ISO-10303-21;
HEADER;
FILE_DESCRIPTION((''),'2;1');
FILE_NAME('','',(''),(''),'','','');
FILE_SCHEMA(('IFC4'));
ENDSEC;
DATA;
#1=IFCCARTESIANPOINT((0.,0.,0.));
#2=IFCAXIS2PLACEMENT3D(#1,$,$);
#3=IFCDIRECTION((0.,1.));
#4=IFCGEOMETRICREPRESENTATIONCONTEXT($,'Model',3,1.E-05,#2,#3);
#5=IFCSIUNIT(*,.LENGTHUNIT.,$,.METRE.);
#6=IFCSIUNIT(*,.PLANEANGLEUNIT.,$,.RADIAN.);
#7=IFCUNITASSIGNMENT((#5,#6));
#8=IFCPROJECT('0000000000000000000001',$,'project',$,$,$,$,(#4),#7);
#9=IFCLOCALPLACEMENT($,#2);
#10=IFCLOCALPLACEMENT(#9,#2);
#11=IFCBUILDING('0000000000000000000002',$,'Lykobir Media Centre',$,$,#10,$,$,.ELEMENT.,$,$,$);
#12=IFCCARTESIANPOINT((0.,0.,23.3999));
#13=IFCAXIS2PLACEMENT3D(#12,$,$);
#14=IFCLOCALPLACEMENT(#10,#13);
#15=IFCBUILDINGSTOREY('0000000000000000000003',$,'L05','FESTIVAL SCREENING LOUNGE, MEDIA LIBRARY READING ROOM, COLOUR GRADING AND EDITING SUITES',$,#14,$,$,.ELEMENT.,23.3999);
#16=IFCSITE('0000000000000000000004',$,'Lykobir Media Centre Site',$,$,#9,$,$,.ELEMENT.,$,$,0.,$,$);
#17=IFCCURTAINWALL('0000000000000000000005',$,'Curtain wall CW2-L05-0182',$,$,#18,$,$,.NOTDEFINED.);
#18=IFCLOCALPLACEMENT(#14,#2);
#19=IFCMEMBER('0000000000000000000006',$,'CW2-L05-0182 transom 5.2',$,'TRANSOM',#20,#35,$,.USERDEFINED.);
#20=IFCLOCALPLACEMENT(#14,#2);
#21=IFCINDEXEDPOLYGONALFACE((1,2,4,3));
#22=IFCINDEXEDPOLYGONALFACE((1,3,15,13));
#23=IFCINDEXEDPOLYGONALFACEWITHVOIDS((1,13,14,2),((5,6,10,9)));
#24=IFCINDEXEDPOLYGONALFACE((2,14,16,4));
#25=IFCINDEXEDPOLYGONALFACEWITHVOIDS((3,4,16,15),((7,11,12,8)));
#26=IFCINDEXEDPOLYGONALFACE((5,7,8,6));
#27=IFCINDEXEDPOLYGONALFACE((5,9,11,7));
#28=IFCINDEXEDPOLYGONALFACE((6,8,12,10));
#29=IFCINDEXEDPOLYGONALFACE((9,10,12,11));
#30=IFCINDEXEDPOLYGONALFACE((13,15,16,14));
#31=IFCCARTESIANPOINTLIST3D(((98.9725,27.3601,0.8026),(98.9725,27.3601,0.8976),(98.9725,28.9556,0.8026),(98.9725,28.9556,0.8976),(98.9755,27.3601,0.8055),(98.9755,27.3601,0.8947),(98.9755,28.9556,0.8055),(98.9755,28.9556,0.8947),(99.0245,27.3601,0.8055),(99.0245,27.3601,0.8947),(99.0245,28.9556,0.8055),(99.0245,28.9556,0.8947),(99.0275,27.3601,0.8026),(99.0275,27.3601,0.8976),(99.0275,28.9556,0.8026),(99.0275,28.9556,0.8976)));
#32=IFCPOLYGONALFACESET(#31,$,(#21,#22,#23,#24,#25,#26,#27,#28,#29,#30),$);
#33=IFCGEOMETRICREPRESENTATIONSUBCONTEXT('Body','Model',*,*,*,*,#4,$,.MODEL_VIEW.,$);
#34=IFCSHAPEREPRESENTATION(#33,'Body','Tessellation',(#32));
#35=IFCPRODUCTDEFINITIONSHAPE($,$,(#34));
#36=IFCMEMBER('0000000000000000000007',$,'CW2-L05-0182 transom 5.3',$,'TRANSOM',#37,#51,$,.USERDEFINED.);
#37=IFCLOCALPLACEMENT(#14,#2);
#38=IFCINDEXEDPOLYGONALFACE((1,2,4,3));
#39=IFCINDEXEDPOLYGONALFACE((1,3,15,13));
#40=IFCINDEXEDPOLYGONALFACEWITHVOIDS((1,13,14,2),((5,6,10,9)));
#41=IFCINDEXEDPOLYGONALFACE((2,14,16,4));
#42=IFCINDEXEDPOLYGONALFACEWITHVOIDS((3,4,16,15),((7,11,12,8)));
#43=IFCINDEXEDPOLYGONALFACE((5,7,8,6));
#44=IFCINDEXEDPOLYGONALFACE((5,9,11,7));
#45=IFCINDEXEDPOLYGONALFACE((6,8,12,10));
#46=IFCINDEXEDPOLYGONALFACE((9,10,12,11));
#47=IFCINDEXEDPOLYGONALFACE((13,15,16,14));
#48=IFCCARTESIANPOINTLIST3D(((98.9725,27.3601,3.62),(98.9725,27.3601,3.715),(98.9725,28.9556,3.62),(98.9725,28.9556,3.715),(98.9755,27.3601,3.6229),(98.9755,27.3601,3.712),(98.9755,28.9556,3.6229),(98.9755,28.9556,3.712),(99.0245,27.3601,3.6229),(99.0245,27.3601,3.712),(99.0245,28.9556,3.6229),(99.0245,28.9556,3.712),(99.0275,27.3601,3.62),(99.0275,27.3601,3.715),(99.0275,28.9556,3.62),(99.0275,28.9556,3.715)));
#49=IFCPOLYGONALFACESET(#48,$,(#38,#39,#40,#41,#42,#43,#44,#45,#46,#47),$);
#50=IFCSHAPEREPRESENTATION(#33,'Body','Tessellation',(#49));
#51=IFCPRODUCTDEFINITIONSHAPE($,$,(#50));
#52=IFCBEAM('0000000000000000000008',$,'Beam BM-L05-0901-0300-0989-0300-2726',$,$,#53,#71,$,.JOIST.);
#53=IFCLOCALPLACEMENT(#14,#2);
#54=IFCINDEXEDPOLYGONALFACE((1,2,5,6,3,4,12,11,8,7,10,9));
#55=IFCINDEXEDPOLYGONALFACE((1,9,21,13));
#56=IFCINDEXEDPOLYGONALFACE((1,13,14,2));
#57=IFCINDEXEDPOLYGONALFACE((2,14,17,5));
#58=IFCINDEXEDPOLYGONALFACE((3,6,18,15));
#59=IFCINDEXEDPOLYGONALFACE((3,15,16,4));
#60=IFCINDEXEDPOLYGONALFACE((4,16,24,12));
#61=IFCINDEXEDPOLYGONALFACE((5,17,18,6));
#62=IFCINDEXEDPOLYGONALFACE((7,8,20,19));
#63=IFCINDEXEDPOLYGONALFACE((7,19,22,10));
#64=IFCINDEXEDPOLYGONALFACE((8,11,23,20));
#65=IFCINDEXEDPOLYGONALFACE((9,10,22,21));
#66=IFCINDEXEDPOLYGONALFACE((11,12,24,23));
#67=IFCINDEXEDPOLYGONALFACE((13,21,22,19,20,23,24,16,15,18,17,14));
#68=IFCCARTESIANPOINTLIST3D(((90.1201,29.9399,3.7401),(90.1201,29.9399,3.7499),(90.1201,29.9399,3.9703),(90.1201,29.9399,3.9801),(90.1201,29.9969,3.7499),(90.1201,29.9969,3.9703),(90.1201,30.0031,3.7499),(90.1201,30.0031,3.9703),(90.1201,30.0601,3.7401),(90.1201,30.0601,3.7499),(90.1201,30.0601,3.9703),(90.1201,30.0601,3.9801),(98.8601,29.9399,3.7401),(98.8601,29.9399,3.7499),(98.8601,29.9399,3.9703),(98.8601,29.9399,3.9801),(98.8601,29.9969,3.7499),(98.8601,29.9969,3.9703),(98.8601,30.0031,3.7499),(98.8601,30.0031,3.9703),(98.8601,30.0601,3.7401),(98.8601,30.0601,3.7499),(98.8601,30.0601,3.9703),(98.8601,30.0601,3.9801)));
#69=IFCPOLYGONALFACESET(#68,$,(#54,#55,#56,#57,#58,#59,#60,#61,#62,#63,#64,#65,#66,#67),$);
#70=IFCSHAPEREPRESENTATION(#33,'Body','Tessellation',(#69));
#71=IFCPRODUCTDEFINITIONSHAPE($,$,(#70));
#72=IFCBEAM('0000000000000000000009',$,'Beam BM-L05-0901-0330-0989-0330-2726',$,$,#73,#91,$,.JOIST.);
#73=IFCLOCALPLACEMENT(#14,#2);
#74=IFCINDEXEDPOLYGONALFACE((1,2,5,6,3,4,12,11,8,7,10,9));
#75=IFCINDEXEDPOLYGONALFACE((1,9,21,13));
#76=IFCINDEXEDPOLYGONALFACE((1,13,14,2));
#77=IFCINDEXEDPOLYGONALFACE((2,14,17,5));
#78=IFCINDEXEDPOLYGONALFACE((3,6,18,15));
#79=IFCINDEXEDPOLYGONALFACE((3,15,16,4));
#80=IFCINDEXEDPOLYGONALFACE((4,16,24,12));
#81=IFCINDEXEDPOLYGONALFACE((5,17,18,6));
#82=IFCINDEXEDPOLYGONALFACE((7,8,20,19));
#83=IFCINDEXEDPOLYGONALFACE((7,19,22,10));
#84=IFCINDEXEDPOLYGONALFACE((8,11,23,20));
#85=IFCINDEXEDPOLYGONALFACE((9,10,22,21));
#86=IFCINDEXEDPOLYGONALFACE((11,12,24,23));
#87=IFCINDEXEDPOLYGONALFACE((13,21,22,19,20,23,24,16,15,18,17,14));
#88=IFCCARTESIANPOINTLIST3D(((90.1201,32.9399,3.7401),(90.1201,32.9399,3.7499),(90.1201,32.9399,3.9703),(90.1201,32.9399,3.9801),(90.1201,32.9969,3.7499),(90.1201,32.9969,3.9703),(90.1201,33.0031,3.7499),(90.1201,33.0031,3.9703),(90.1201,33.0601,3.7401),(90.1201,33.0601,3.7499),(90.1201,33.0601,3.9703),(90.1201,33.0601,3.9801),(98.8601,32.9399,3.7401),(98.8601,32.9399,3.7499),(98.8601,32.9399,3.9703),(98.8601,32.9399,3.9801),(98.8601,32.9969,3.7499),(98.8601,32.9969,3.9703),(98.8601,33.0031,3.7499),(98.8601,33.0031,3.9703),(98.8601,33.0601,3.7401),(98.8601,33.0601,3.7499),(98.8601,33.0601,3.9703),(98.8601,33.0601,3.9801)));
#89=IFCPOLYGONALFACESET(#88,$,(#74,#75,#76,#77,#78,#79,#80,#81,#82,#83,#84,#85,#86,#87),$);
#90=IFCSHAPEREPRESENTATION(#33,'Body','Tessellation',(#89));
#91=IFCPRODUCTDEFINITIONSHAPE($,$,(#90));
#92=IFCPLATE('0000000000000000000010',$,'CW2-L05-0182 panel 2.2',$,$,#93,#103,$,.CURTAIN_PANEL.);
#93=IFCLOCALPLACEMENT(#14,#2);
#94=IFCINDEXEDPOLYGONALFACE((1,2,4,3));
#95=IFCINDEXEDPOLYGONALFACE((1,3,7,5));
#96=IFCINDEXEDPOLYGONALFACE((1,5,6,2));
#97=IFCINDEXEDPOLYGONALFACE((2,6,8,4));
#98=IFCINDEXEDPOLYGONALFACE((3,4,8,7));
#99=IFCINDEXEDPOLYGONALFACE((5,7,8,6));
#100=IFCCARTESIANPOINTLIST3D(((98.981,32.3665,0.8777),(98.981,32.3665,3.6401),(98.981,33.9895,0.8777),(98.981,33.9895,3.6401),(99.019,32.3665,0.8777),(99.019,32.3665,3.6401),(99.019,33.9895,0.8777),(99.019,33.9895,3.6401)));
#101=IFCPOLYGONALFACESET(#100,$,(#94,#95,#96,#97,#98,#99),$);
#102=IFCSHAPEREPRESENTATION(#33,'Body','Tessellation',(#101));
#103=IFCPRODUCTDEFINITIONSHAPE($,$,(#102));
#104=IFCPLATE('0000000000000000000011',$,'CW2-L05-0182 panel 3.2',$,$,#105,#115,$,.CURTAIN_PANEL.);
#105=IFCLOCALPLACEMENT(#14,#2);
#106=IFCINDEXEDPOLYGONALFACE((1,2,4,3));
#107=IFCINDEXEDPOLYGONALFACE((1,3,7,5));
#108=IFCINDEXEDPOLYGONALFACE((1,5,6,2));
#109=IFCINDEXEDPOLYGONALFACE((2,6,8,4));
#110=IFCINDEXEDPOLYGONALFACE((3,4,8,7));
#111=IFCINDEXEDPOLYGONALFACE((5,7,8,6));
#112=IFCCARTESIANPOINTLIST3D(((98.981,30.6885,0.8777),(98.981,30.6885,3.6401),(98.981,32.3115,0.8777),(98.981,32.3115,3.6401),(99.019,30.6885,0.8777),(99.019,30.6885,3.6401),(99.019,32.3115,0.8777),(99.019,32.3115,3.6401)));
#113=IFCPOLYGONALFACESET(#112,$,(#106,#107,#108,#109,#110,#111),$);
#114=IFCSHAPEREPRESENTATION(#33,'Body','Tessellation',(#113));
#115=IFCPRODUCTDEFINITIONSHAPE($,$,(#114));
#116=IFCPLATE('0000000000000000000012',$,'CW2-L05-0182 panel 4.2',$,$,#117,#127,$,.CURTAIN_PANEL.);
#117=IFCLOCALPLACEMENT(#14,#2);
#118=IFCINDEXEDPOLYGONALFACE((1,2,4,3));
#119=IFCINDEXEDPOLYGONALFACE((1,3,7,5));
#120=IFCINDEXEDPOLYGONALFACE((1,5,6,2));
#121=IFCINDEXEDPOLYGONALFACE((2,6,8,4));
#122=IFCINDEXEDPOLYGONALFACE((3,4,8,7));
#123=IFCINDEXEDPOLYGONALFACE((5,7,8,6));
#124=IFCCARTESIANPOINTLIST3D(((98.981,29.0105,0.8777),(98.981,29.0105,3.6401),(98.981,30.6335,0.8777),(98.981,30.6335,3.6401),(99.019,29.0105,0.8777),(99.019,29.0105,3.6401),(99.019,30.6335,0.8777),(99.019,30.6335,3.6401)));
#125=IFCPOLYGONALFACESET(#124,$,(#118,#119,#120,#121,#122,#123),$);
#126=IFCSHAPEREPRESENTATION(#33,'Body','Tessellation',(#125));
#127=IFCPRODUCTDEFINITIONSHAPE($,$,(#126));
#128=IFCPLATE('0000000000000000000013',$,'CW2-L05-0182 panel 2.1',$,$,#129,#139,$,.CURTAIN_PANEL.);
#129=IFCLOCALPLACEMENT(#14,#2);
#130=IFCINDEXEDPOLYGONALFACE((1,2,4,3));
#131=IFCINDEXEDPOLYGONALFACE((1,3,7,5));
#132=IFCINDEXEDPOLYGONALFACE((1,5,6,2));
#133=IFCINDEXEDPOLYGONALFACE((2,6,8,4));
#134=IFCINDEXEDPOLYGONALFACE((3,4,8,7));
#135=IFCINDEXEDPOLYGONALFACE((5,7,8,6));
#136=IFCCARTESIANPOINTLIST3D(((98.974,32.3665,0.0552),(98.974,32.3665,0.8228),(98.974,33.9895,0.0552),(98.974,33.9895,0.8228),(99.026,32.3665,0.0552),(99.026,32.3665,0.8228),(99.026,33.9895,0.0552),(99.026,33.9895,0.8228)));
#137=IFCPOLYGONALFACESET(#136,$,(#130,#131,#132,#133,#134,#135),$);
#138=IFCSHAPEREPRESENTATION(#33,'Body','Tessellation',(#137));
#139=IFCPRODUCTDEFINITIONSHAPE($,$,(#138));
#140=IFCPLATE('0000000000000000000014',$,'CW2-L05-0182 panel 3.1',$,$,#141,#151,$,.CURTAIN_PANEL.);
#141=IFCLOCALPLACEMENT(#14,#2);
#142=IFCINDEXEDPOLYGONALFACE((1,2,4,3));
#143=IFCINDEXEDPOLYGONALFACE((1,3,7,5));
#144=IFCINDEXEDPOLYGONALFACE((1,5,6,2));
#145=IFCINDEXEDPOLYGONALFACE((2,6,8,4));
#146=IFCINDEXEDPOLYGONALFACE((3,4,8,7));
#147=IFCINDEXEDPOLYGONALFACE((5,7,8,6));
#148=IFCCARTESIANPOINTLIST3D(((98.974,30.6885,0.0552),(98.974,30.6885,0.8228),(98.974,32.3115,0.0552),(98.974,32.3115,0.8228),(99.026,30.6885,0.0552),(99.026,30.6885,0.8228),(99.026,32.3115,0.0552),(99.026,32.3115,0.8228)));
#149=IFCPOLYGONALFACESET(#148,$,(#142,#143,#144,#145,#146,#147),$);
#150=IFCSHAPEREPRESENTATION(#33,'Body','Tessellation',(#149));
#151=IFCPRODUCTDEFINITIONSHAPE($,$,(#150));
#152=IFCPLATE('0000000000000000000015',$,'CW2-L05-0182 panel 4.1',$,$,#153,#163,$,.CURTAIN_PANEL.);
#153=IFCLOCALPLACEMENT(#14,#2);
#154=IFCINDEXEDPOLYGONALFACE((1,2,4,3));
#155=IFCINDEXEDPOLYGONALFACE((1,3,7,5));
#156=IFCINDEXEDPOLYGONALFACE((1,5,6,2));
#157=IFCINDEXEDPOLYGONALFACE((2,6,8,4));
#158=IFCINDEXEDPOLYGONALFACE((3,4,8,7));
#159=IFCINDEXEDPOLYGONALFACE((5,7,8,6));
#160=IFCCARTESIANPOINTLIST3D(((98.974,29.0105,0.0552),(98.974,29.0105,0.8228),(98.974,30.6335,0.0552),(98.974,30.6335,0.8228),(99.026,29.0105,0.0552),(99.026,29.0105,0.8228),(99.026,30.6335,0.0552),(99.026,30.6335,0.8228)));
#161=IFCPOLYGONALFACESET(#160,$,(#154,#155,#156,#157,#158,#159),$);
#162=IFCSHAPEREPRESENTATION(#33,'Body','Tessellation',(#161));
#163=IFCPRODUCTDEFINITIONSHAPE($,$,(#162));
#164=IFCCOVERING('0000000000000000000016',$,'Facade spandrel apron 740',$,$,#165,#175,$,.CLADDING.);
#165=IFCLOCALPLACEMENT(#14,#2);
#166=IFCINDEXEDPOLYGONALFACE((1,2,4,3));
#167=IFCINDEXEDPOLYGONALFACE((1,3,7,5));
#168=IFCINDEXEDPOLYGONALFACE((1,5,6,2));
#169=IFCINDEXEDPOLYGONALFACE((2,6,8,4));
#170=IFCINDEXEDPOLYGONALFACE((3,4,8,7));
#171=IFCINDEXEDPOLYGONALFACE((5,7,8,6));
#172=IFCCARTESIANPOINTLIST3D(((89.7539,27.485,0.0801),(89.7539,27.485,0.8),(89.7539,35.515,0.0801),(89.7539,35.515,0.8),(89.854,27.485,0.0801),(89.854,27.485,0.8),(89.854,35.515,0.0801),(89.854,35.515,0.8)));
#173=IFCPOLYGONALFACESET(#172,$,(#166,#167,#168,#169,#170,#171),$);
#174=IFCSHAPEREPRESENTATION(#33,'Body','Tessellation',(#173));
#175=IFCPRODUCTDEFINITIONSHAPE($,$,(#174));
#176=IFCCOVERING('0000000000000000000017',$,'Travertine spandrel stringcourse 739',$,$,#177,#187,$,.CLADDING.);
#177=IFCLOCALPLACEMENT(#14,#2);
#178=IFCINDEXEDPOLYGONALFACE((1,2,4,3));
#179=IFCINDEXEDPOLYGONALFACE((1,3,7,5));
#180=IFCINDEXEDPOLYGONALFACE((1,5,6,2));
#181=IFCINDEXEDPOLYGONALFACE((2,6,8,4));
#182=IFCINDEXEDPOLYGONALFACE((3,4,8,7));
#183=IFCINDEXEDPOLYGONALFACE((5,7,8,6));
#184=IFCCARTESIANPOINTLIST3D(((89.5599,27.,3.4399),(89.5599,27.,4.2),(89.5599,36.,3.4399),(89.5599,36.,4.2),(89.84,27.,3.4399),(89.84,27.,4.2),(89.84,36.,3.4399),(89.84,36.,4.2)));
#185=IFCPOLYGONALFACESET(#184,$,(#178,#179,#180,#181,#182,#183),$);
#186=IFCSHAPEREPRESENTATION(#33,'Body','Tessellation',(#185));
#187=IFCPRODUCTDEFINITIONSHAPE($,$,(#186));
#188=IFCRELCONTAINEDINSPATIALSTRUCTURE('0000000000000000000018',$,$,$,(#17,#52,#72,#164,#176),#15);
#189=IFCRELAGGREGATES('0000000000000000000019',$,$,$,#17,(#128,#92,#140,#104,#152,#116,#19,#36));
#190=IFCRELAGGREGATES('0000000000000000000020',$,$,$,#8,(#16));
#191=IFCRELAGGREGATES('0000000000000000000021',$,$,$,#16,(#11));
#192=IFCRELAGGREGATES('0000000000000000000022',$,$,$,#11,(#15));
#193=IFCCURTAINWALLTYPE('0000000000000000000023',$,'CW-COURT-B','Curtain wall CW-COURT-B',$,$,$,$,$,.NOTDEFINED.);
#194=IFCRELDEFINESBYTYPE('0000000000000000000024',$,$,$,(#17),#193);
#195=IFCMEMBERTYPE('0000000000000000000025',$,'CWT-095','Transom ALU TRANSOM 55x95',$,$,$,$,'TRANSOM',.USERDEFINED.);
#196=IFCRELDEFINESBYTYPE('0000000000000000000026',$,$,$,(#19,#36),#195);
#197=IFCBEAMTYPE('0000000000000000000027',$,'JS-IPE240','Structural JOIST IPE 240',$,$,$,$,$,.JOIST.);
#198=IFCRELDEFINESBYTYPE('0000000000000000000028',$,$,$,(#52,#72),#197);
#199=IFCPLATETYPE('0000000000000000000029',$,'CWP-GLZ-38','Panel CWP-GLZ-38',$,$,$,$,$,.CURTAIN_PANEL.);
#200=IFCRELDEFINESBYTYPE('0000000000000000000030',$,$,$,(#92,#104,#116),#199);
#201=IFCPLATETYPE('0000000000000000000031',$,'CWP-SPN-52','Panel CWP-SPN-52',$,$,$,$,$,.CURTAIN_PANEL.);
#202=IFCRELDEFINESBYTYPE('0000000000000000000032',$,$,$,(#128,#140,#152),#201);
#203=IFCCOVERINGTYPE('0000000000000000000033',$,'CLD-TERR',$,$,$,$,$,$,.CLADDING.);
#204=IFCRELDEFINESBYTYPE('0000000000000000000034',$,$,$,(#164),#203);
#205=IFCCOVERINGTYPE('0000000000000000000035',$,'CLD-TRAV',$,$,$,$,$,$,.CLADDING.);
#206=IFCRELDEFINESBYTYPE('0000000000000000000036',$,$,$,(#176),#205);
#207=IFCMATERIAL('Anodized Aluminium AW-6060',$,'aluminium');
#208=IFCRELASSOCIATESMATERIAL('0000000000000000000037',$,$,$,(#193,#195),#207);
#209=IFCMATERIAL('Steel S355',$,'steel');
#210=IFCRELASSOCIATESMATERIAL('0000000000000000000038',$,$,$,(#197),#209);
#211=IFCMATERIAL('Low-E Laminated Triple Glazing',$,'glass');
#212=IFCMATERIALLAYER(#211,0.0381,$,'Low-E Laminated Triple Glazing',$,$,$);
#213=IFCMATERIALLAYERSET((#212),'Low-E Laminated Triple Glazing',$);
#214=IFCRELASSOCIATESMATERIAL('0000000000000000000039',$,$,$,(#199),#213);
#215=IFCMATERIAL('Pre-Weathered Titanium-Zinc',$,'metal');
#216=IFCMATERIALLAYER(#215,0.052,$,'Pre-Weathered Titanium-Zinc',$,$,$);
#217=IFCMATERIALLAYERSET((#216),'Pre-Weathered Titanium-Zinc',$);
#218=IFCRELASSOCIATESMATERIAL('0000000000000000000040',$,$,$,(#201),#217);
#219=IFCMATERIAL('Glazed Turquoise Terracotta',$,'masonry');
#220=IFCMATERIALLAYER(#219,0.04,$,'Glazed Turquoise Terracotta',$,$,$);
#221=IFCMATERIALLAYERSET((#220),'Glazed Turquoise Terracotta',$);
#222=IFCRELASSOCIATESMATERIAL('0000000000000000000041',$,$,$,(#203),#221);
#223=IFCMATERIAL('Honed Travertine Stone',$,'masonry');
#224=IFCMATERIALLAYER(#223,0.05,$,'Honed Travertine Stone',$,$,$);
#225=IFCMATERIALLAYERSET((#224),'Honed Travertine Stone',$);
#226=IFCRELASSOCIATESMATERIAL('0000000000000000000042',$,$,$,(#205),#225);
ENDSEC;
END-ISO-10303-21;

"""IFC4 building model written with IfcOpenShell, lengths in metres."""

from ifc_helpers import new_model, si_unit, direction, frame, origin, origin_2d, place, context, subcontext, project, spatial, rectangle, hollow_rectangle, i_section, extrude, material, layer, layer_set, material_profile, profile_set, type_object, element, aggregate, save


model = new_model("IFC4")

# Units and contexts
model_context = context("Model", 3, precision=1e-05, world=origin(), true_north=direction((0.0, 1.0)))
body_context = subcontext(model_context, "Body", "Model", "MODEL_VIEW")
ifc_project = project(units=[si_unit("LENGTHUNIT", "METRE"), si_unit("PLANEANGLEUNIT", "RADIAN")], contexts=[model_context])

# Site, building, storey
site_placement = place(None, origin())
site = spatial("IfcSite", under=ifc_project, at=site_placement, Name="Lykobir Media Centre Site", CompositionType="ELEMENT", RefElevation=0.0)
building_placement = place(site_placement, origin())
building = spatial("IfcBuilding", under=site, at=building_placement, Name="Lykobir Media Centre", CompositionType="ELEMENT")
storey_placement = place(building_placement, frame((0.0, 0.0, 23.3999)))
storey = spatial("IfcBuildingStorey", under=building, at=storey_placement, Name="L05", Description="FESTIVAL SCREENING LOUNGE, MEDIA LIBRARY READING ROOM, COLOUR GRADING AND EDITING SUITES", CompositionType="ELEMENT", Elevation=23.3999)

# Curtain wall, members
ifc_material_1 = material(Name="Anodized Aluminium AW-6060", Category="aluminium")
curtain_wall_type = type_object("IfcCurtainWallType", Name="CW-COURT-B", Description="Curtain wall CW-COURT-B", PredefinedType="NOTDEFINED", material=ifc_material_1)
curtain_wall_placement = place(storey_placement, origin())
curtain_wall = element("IfcCurtainWall", 1, at=curtain_wall_placement, inside=storey, type_object=curtain_wall_type, Name="Curtain wall CW2-L05-0182", PredefinedType="NOTDEFINED")
ifc_material_profile_1 = material_profile(ifc_material_1, hollow_rectangle(XDim=0.0549, YDim=0.095, WallThickness=0.0029, at=origin_2d()), Name="ALU TRANSOM 55x95")
ifc_profile_set_1 = profile_set([ifc_material_profile_1], Name="Anodized Aluminium AW-6060")
member_type_1 = type_object("IfcMemberType", Name="CWT-095", Description="Transom ALU TRANSOM 55x95", ElementType="TRANSOM", PredefinedType="USERDEFINED", material=ifc_profile_set_1)
member_1_placement = place(storey_placement, frame((99.0, 28.9556, 0.8501), z_axis=(0.0, -1.0, 0.0), x_axis=(1.0, 0.0, 0.0)))
member_1 = element("IfcMember", 2, at=member_1_placement, type_object=member_type_1, Name="CW2-L05-0182 transom 5.2", ObjectType="TRANSOM", PredefinedType="USERDEFINED", context=body_context, shape_type="SweptSolid", body=[
    extrude(hollow_rectangle(XDim=0.0549, YDim=0.095, WallThickness=0.0029, at=origin_2d()), origin(), (0.0, 0.0, 1.0), 1.5955),
])
member_2_placement = place(storey_placement, frame((99.0, 28.9556, 3.6675), z_axis=(0.0, -1.0, 0.0), x_axis=(1.0, 0.0, 0.0)))
member_2 = element("IfcMember", 3, at=member_2_placement, type_object=member_type_1, Name="CW2-L05-0182 transom 5.3", ObjectType="TRANSOM", PredefinedType="USERDEFINED", context=body_context, shape_type="SweptSolid", body=[
    extrude(hollow_rectangle(XDim=0.0549, YDim=0.095, WallThickness=0.0029, at=origin_2d()), origin(), (0.0, 0.0, 1.0), 1.5955),
])

# Beams
ifc_material_2 = material(Name="Steel S355", Category="steel")
ifc_material_profile_2 = material_profile(ifc_material_2, i_section(OverallWidth=0.1201, OverallDepth=0.24, WebThickness=0.0061, FlangeThickness=0.0098, at=origin_2d()), Name="IPE 240")
ifc_profile_set_2 = profile_set([ifc_material_profile_2], Name="Steel S355")
beam_type = type_object("IfcBeamType", Name="JS-IPE240", Description="Structural JOIST IPE 240", PredefinedType="JOIST", material=ifc_profile_set_2)
for number, where, z_axis, x_axis, name in (
    (4, (90.1201, 30.0, 3.8601), (1.0, 0.0, 0.0), (0.0, 1.0, 0.0), "Beam BM-L05-0901-0300-0989-0300-2726"),
    (5, (90.1201, 33.0, 3.8601), (1.0, 0.0, 0.0), (0.0, 1.0, 0.0), "Beam BM-L05-0901-0330-0989-0330-2726"),
):
    element("IfcBeam", number, at=place(storey_placement, frame(where, z_axis=z_axis, x_axis=x_axis)), inside=storey, type_object=beam_type, Name=name, PredefinedType="JOIST", context=body_context, shape_type="SweptSolid", body=[
        extrude(i_section(OverallWidth=0.1201, OverallDepth=0.24, WebThickness=0.0061, FlangeThickness=0.0098, at=origin_2d()), origin(), (0.0, 0.0, 1.0), 8.74),
    ])

# Plates
ifc_material_3 = material(Name="Low-E Laminated Triple Glazing", Category="glass")
ifc_layer_1 = layer(ifc_material_3, 0.0381, Name="Low-E Laminated Triple Glazing")
ifc_layer_set_1 = layer_set([ifc_layer_1], Name="Low-E Laminated Triple Glazing")
plate_type_1 = type_object("IfcPlateType", Name="CWP-GLZ-38", Description="Panel CWP-GLZ-38", PredefinedType="CURTAIN_PANEL", material=ifc_layer_set_1)
plate_1_placement = place(storey_placement, frame((99.0, 33.178, 0.8777), z_axis=(0.0, 0.0, 1.0), x_axis=(0.0, -1.0, 0.0)))
plate_1 = element("IfcPlate", 6, at=plate_1_placement, type_object=plate_type_1, Name="CW2-L05-0182 panel 2.2", PredefinedType="CURTAIN_PANEL", context=body_context, shape_type="SweptSolid", body=[
    extrude(rectangle(XDim=1.623, YDim=0.0381, at=origin_2d()), origin(), (0.0, 0.0, 1.0), 2.7625),
])
plate_2_placement = place(storey_placement, frame((99.0, 31.5, 0.8777), z_axis=(0.0, 0.0, 1.0), x_axis=(0.0, -1.0, 0.0)))
plate_2 = element("IfcPlate", 7, at=plate_2_placement, type_object=plate_type_1, Name="CW2-L05-0182 panel 3.2", PredefinedType="CURTAIN_PANEL", context=body_context, shape_type="SweptSolid", body=[
    extrude(rectangle(XDim=1.623, YDim=0.0381, at=origin_2d()), origin(), (0.0, 0.0, 1.0), 2.7625),
])
plate_3_placement = place(storey_placement, frame((99.0, 29.822, 0.8777), z_axis=(0.0, 0.0, 1.0), x_axis=(0.0, -1.0, 0.0)))
plate_3 = element("IfcPlate", 8, at=plate_3_placement, type_object=plate_type_1, Name="CW2-L05-0182 panel 4.2", PredefinedType="CURTAIN_PANEL", context=body_context, shape_type="SweptSolid", body=[
    extrude(rectangle(XDim=1.623, YDim=0.0381, at=origin_2d()), origin(), (0.0, 0.0, 1.0), 2.7625),
])
ifc_material_4 = material(Name="Pre-Weathered Titanium-Zinc", Category="metal")
ifc_layer_2 = layer(ifc_material_4, 0.052, Name="Pre-Weathered Titanium-Zinc")
ifc_layer_set_2 = layer_set([ifc_layer_2], Name="Pre-Weathered Titanium-Zinc")
plate_type_2 = type_object("IfcPlateType", Name="CWP-SPN-52", Description="Panel CWP-SPN-52", PredefinedType="CURTAIN_PANEL", material=ifc_layer_set_2)
plate_4_placement = place(storey_placement, frame((99.0, 33.178, 0.0552), z_axis=(0.0, 0.0, 1.0), x_axis=(0.0, -1.0, 0.0)))
plate_4 = element("IfcPlate", 9, at=plate_4_placement, type_object=plate_type_2, Name="CW2-L05-0182 panel 2.1", PredefinedType="CURTAIN_PANEL", context=body_context, shape_type="SweptSolid", body=[
    extrude(rectangle(XDim=1.623, YDim=0.052, at=origin_2d()), origin(), (0.0, 0.0, 1.0), 0.7676),
])
plate_5_placement = place(storey_placement, frame((99.0, 31.5, 0.0552), z_axis=(0.0, 0.0, 1.0), x_axis=(0.0, -1.0, 0.0)))
plate_5 = element("IfcPlate", 10, at=plate_5_placement, type_object=plate_type_2, Name="CW2-L05-0182 panel 3.1", PredefinedType="CURTAIN_PANEL", context=body_context, shape_type="SweptSolid", body=[
    extrude(rectangle(XDim=1.623, YDim=0.052, at=origin_2d()), origin(), (0.0, 0.0, 1.0), 0.7676),
])
plate_6_placement = place(storey_placement, frame((99.0, 29.822, 0.0552), z_axis=(0.0, 0.0, 1.0), x_axis=(0.0, -1.0, 0.0)))
plate_6 = element("IfcPlate", 11, at=plate_6_placement, type_object=plate_type_2, Name="CW2-L05-0182 panel 4.1", PredefinedType="CURTAIN_PANEL", context=body_context, shape_type="SweptSolid", body=[
    extrude(rectangle(XDim=1.623, YDim=0.052, at=origin_2d()), origin(), (0.0, 0.0, 1.0), 0.7676),
])
aggregate(curtain_wall, [plate_4, plate_1, plate_5, plate_2, plate_6, plate_3, member_1, member_2])

# Coverings
ifc_material_5 = material(Name="Glazed Turquoise Terracotta", Category="masonry")
ifc_layer_3 = layer(ifc_material_5, 0.04, Name="Glazed Turquoise Terracotta")
ifc_layer_set_3 = layer_set([ifc_layer_3], Name="Glazed Turquoise Terracotta")
covering_type_1 = type_object("IfcCoveringType", Name="CLD-TERR", PredefinedType="CLADDING", material=ifc_layer_set_3)
covering_1_placement = place(storey_placement, frame((89.804, 31.5, 0.0801), z_axis=(0.0, 0.0, 1.0), x_axis=(0.0, -1.0, 0.0)))
element("IfcCovering", 12, at=covering_1_placement, inside=storey, type_object=covering_type_1, Name="Facade spandrel apron 740", PredefinedType="CLADDING", context=body_context, shape_type="SweptSolid", body=[
    extrude(rectangle(XDim=8.03, YDim=0.1001, at=origin_2d()), origin(), (0.0, 0.0, 1.0), 0.72),
])
ifc_material_6 = material(Name="Honed Travertine Stone", Category="masonry")
ifc_layer_4 = layer(ifc_material_6, 0.05, Name="Honed Travertine Stone")
ifc_layer_set_4 = layer_set([ifc_layer_4], Name="Honed Travertine Stone")
covering_type_2 = type_object("IfcCoveringType", Name="CLD-TRAV", PredefinedType="CLADDING", material=ifc_layer_set_4)
covering_2_placement = place(storey_placement, frame((89.7, 31.5, 3.4399), z_axis=(0.0, 0.0, 1.0), x_axis=(0.0, -1.0, 0.0)))
element("IfcCovering", 13, at=covering_2_placement, inside=storey, type_object=covering_type_2, Name="Travertine spandrel stringcourse 739", PredefinedType="CLADDING", context=body_context, shape_type="SweptSolid", body=[
    extrude(rectangle(XDim=9.0, YDim=0.28, at=origin_2d()), origin(), (0.0, 0.0, 1.0), 0.76),
])

save(model, "model.ifc")
